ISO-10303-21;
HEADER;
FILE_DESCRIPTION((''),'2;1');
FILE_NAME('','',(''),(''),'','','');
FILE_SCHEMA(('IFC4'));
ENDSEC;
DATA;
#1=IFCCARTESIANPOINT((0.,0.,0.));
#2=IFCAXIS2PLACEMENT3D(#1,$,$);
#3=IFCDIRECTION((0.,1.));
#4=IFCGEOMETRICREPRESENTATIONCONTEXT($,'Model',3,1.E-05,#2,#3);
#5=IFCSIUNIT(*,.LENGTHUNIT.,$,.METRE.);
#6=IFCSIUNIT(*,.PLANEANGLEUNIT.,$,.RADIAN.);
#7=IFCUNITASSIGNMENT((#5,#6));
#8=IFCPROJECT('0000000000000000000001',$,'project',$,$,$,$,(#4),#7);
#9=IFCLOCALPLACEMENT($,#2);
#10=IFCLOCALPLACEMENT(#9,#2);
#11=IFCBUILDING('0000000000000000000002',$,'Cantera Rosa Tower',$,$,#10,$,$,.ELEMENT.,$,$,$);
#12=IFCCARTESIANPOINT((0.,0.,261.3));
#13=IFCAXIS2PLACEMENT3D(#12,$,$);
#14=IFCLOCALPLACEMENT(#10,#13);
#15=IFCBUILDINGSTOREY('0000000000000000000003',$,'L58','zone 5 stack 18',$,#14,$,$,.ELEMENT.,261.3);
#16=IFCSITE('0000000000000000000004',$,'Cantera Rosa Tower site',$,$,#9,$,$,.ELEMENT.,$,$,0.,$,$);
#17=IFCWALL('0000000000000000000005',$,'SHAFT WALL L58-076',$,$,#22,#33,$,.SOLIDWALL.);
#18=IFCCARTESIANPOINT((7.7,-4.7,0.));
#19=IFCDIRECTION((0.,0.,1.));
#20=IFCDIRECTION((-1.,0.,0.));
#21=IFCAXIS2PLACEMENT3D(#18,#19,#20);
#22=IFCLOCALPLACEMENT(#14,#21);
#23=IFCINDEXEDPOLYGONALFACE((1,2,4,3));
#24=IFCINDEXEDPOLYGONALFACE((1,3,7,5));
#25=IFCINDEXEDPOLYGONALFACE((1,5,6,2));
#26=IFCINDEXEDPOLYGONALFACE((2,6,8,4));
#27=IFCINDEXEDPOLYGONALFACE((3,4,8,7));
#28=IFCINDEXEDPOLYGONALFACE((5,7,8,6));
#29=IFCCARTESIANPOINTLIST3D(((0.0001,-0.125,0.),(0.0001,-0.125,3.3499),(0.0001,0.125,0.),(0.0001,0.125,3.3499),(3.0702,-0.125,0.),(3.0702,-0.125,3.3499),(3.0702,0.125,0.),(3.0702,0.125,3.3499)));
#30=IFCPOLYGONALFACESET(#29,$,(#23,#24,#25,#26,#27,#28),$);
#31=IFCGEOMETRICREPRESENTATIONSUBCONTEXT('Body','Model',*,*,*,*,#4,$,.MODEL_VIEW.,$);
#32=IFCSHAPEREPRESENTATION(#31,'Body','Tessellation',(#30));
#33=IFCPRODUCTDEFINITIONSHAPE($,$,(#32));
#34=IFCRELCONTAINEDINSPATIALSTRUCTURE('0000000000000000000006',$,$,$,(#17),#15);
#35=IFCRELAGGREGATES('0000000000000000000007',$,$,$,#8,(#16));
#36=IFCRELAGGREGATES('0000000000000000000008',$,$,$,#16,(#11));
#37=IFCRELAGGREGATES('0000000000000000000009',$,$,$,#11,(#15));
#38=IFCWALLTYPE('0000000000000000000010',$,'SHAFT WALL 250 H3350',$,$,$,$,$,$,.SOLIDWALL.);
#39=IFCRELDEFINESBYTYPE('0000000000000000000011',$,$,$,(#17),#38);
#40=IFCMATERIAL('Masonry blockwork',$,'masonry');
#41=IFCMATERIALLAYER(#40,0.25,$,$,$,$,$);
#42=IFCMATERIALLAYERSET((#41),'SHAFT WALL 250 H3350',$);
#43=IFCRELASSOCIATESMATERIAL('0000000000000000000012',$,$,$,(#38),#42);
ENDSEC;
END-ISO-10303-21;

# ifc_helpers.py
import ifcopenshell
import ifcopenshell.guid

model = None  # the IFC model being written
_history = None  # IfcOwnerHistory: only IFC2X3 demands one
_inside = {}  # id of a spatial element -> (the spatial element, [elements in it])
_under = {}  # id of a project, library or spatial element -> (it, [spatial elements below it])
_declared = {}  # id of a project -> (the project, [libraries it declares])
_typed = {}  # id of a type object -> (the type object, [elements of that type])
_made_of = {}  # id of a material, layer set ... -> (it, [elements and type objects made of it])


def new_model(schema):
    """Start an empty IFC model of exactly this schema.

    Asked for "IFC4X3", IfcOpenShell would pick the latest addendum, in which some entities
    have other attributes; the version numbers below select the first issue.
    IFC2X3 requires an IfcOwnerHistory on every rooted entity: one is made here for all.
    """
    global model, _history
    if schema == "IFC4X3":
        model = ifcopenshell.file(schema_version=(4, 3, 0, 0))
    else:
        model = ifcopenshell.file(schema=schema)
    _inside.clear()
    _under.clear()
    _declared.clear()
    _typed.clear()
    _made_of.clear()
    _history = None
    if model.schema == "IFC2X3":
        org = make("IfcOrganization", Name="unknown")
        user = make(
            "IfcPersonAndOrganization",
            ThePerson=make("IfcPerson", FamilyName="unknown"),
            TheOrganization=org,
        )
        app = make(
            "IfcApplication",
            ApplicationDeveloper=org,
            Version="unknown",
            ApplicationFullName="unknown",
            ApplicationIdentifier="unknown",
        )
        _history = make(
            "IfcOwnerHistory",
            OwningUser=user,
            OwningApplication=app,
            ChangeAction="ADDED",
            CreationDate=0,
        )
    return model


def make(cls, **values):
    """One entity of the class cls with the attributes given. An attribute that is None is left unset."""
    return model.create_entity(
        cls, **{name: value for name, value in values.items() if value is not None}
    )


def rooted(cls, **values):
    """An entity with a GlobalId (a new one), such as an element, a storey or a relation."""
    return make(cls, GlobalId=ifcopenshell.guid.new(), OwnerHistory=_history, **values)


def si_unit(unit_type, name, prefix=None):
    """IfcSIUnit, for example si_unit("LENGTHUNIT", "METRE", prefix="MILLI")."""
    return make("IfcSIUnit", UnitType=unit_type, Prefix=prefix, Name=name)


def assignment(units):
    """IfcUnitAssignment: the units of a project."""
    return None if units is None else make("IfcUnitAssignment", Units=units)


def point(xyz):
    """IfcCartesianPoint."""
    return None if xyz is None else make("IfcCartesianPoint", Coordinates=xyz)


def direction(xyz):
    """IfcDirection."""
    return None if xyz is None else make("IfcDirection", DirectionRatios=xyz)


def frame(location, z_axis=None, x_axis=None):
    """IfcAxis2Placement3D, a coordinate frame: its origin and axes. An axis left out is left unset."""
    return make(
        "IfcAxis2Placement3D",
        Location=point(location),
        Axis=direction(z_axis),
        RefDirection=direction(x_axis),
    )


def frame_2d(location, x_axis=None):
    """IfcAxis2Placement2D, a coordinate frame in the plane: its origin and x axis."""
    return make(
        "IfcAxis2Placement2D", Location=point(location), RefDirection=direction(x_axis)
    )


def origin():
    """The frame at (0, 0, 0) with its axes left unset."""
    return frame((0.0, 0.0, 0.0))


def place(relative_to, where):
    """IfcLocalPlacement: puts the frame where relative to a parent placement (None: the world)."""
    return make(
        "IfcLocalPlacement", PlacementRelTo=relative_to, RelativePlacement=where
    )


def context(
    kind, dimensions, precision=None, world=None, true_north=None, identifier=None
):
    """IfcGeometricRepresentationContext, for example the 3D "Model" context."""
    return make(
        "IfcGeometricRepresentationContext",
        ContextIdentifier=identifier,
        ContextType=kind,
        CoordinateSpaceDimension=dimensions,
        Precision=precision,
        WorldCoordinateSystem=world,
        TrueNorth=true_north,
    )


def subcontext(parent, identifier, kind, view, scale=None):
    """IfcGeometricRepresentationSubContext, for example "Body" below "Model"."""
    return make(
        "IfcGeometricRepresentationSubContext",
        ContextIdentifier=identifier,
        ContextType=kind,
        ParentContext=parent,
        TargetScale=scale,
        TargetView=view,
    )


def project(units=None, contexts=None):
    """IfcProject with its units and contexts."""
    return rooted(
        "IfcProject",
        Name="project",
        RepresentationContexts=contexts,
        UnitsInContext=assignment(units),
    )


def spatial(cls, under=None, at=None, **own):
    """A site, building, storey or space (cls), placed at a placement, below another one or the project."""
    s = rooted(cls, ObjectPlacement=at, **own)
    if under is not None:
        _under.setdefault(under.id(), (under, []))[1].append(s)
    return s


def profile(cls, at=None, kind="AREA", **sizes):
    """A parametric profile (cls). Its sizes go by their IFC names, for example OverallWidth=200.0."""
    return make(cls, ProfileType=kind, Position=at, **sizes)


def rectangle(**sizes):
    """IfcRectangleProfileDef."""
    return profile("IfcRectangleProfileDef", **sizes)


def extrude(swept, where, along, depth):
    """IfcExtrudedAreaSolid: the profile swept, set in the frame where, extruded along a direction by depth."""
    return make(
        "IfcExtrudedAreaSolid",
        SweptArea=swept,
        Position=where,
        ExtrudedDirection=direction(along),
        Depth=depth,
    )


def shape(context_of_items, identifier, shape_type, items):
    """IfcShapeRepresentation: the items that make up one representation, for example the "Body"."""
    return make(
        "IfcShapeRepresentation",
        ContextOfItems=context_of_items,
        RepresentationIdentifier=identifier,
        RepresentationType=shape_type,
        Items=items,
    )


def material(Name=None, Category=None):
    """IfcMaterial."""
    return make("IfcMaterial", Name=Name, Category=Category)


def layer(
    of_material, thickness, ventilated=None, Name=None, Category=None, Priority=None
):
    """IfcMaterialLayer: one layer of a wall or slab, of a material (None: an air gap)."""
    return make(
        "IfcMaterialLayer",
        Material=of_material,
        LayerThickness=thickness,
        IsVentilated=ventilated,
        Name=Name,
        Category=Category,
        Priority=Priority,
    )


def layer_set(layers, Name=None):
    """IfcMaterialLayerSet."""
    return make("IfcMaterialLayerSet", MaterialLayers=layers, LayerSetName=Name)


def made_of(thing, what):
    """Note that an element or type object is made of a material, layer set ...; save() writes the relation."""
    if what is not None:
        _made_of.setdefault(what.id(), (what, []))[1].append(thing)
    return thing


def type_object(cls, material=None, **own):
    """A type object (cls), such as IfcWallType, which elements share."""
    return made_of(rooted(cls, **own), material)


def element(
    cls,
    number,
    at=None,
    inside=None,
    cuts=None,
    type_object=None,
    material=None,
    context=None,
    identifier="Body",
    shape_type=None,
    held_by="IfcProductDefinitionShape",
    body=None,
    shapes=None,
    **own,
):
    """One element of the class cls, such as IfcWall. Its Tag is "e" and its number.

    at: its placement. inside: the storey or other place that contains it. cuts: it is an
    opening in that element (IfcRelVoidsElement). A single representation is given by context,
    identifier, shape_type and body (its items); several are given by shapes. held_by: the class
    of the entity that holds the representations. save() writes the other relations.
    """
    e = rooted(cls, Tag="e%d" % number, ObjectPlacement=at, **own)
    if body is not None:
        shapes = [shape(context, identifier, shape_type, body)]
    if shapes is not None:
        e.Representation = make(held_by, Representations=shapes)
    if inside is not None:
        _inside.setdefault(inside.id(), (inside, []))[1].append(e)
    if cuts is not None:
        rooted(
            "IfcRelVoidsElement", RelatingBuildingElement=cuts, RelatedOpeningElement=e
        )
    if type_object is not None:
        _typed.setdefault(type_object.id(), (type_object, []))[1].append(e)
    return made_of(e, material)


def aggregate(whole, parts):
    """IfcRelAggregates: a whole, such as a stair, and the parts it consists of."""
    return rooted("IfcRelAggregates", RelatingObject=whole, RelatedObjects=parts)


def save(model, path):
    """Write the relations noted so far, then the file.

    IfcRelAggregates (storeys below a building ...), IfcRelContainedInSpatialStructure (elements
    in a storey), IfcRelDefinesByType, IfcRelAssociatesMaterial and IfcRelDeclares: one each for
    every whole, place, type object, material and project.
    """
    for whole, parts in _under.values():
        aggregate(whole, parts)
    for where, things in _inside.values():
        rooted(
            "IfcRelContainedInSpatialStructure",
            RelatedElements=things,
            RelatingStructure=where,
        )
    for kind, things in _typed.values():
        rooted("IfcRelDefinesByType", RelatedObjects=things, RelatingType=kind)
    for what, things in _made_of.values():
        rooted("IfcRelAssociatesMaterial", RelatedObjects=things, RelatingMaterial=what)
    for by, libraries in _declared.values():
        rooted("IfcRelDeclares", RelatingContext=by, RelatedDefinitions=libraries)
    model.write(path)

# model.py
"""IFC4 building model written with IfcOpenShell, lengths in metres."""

from ifc_helpers import new_model, si_unit, direction, frame, frame_2d, origin, place, context, subcontext, project, spatial, rectangle, extrude, material, layer, layer_set, type_object, element, save


model = new_model("IFC4")

# Units and contexts
model_context = context("Model", 3, precision=1e-05, world=origin(), true_north=direction((0.0, 1.0)))
body_context = subcontext(model_context, "Body", "Model", "MODEL_VIEW")
ifc_project = project(units=[si_unit("LENGTHUNIT", "METRE"), si_unit("PLANEANGLEUNIT", "RADIAN")], contexts=[model_context])

# Site, building, storey
site_placement = place(None, origin())
site = spatial("IfcSite", under=ifc_project, at=site_placement, Name="Cantera Rosa Tower site", CompositionType="ELEMENT", RefElevation=0.0)
building_placement = place(site_placement, origin())
building = spatial("IfcBuilding", under=site, at=building_placement, Name="Cantera Rosa Tower", CompositionType="ELEMENT")
storey_placement = place(building_placement, frame((0.0, 0.0, 261.3)))
storey = spatial("IfcBuildingStorey", under=building, at=storey_placement, Name="L58", Description="zone 5 stack 18", CompositionType="ELEMENT", Elevation=261.3)

# Wall
ifc_material_1 = material(Name="Masonry blockwork", Category="masonry")
ifc_layer_1 = layer(ifc_material_1, 0.25)
ifc_layer_set_1 = layer_set([ifc_layer_1], Name="SHAFT WALL 250 H3350")
wall_type_1 = type_object("IfcWallType", Name="SHAFT WALL 250 H3350", PredefinedType="SOLIDWALL", material=ifc_layer_set_1)
wall_1_placement = place(storey_placement, frame((7.7, -4.7, 0.0), z_axis=(0.0, 0.0, 1.0), x_axis=(-1.0, 0.0, 0.0)))
element("IfcWall", 1, at=wall_1_placement, inside=storey, type_object=wall_type_1, Name="SHAFT WALL L58-076", PredefinedType="SOLIDWALL", context=body_context, shape_type="SweptSolid", body=[
    extrude(rectangle(XDim=3.0701, YDim=0.25, at=frame_2d((1.5352, 0.0))), origin(), (0.0, 0.0, 1.0), 3.3499),
])

save(model, "model.ifc")
